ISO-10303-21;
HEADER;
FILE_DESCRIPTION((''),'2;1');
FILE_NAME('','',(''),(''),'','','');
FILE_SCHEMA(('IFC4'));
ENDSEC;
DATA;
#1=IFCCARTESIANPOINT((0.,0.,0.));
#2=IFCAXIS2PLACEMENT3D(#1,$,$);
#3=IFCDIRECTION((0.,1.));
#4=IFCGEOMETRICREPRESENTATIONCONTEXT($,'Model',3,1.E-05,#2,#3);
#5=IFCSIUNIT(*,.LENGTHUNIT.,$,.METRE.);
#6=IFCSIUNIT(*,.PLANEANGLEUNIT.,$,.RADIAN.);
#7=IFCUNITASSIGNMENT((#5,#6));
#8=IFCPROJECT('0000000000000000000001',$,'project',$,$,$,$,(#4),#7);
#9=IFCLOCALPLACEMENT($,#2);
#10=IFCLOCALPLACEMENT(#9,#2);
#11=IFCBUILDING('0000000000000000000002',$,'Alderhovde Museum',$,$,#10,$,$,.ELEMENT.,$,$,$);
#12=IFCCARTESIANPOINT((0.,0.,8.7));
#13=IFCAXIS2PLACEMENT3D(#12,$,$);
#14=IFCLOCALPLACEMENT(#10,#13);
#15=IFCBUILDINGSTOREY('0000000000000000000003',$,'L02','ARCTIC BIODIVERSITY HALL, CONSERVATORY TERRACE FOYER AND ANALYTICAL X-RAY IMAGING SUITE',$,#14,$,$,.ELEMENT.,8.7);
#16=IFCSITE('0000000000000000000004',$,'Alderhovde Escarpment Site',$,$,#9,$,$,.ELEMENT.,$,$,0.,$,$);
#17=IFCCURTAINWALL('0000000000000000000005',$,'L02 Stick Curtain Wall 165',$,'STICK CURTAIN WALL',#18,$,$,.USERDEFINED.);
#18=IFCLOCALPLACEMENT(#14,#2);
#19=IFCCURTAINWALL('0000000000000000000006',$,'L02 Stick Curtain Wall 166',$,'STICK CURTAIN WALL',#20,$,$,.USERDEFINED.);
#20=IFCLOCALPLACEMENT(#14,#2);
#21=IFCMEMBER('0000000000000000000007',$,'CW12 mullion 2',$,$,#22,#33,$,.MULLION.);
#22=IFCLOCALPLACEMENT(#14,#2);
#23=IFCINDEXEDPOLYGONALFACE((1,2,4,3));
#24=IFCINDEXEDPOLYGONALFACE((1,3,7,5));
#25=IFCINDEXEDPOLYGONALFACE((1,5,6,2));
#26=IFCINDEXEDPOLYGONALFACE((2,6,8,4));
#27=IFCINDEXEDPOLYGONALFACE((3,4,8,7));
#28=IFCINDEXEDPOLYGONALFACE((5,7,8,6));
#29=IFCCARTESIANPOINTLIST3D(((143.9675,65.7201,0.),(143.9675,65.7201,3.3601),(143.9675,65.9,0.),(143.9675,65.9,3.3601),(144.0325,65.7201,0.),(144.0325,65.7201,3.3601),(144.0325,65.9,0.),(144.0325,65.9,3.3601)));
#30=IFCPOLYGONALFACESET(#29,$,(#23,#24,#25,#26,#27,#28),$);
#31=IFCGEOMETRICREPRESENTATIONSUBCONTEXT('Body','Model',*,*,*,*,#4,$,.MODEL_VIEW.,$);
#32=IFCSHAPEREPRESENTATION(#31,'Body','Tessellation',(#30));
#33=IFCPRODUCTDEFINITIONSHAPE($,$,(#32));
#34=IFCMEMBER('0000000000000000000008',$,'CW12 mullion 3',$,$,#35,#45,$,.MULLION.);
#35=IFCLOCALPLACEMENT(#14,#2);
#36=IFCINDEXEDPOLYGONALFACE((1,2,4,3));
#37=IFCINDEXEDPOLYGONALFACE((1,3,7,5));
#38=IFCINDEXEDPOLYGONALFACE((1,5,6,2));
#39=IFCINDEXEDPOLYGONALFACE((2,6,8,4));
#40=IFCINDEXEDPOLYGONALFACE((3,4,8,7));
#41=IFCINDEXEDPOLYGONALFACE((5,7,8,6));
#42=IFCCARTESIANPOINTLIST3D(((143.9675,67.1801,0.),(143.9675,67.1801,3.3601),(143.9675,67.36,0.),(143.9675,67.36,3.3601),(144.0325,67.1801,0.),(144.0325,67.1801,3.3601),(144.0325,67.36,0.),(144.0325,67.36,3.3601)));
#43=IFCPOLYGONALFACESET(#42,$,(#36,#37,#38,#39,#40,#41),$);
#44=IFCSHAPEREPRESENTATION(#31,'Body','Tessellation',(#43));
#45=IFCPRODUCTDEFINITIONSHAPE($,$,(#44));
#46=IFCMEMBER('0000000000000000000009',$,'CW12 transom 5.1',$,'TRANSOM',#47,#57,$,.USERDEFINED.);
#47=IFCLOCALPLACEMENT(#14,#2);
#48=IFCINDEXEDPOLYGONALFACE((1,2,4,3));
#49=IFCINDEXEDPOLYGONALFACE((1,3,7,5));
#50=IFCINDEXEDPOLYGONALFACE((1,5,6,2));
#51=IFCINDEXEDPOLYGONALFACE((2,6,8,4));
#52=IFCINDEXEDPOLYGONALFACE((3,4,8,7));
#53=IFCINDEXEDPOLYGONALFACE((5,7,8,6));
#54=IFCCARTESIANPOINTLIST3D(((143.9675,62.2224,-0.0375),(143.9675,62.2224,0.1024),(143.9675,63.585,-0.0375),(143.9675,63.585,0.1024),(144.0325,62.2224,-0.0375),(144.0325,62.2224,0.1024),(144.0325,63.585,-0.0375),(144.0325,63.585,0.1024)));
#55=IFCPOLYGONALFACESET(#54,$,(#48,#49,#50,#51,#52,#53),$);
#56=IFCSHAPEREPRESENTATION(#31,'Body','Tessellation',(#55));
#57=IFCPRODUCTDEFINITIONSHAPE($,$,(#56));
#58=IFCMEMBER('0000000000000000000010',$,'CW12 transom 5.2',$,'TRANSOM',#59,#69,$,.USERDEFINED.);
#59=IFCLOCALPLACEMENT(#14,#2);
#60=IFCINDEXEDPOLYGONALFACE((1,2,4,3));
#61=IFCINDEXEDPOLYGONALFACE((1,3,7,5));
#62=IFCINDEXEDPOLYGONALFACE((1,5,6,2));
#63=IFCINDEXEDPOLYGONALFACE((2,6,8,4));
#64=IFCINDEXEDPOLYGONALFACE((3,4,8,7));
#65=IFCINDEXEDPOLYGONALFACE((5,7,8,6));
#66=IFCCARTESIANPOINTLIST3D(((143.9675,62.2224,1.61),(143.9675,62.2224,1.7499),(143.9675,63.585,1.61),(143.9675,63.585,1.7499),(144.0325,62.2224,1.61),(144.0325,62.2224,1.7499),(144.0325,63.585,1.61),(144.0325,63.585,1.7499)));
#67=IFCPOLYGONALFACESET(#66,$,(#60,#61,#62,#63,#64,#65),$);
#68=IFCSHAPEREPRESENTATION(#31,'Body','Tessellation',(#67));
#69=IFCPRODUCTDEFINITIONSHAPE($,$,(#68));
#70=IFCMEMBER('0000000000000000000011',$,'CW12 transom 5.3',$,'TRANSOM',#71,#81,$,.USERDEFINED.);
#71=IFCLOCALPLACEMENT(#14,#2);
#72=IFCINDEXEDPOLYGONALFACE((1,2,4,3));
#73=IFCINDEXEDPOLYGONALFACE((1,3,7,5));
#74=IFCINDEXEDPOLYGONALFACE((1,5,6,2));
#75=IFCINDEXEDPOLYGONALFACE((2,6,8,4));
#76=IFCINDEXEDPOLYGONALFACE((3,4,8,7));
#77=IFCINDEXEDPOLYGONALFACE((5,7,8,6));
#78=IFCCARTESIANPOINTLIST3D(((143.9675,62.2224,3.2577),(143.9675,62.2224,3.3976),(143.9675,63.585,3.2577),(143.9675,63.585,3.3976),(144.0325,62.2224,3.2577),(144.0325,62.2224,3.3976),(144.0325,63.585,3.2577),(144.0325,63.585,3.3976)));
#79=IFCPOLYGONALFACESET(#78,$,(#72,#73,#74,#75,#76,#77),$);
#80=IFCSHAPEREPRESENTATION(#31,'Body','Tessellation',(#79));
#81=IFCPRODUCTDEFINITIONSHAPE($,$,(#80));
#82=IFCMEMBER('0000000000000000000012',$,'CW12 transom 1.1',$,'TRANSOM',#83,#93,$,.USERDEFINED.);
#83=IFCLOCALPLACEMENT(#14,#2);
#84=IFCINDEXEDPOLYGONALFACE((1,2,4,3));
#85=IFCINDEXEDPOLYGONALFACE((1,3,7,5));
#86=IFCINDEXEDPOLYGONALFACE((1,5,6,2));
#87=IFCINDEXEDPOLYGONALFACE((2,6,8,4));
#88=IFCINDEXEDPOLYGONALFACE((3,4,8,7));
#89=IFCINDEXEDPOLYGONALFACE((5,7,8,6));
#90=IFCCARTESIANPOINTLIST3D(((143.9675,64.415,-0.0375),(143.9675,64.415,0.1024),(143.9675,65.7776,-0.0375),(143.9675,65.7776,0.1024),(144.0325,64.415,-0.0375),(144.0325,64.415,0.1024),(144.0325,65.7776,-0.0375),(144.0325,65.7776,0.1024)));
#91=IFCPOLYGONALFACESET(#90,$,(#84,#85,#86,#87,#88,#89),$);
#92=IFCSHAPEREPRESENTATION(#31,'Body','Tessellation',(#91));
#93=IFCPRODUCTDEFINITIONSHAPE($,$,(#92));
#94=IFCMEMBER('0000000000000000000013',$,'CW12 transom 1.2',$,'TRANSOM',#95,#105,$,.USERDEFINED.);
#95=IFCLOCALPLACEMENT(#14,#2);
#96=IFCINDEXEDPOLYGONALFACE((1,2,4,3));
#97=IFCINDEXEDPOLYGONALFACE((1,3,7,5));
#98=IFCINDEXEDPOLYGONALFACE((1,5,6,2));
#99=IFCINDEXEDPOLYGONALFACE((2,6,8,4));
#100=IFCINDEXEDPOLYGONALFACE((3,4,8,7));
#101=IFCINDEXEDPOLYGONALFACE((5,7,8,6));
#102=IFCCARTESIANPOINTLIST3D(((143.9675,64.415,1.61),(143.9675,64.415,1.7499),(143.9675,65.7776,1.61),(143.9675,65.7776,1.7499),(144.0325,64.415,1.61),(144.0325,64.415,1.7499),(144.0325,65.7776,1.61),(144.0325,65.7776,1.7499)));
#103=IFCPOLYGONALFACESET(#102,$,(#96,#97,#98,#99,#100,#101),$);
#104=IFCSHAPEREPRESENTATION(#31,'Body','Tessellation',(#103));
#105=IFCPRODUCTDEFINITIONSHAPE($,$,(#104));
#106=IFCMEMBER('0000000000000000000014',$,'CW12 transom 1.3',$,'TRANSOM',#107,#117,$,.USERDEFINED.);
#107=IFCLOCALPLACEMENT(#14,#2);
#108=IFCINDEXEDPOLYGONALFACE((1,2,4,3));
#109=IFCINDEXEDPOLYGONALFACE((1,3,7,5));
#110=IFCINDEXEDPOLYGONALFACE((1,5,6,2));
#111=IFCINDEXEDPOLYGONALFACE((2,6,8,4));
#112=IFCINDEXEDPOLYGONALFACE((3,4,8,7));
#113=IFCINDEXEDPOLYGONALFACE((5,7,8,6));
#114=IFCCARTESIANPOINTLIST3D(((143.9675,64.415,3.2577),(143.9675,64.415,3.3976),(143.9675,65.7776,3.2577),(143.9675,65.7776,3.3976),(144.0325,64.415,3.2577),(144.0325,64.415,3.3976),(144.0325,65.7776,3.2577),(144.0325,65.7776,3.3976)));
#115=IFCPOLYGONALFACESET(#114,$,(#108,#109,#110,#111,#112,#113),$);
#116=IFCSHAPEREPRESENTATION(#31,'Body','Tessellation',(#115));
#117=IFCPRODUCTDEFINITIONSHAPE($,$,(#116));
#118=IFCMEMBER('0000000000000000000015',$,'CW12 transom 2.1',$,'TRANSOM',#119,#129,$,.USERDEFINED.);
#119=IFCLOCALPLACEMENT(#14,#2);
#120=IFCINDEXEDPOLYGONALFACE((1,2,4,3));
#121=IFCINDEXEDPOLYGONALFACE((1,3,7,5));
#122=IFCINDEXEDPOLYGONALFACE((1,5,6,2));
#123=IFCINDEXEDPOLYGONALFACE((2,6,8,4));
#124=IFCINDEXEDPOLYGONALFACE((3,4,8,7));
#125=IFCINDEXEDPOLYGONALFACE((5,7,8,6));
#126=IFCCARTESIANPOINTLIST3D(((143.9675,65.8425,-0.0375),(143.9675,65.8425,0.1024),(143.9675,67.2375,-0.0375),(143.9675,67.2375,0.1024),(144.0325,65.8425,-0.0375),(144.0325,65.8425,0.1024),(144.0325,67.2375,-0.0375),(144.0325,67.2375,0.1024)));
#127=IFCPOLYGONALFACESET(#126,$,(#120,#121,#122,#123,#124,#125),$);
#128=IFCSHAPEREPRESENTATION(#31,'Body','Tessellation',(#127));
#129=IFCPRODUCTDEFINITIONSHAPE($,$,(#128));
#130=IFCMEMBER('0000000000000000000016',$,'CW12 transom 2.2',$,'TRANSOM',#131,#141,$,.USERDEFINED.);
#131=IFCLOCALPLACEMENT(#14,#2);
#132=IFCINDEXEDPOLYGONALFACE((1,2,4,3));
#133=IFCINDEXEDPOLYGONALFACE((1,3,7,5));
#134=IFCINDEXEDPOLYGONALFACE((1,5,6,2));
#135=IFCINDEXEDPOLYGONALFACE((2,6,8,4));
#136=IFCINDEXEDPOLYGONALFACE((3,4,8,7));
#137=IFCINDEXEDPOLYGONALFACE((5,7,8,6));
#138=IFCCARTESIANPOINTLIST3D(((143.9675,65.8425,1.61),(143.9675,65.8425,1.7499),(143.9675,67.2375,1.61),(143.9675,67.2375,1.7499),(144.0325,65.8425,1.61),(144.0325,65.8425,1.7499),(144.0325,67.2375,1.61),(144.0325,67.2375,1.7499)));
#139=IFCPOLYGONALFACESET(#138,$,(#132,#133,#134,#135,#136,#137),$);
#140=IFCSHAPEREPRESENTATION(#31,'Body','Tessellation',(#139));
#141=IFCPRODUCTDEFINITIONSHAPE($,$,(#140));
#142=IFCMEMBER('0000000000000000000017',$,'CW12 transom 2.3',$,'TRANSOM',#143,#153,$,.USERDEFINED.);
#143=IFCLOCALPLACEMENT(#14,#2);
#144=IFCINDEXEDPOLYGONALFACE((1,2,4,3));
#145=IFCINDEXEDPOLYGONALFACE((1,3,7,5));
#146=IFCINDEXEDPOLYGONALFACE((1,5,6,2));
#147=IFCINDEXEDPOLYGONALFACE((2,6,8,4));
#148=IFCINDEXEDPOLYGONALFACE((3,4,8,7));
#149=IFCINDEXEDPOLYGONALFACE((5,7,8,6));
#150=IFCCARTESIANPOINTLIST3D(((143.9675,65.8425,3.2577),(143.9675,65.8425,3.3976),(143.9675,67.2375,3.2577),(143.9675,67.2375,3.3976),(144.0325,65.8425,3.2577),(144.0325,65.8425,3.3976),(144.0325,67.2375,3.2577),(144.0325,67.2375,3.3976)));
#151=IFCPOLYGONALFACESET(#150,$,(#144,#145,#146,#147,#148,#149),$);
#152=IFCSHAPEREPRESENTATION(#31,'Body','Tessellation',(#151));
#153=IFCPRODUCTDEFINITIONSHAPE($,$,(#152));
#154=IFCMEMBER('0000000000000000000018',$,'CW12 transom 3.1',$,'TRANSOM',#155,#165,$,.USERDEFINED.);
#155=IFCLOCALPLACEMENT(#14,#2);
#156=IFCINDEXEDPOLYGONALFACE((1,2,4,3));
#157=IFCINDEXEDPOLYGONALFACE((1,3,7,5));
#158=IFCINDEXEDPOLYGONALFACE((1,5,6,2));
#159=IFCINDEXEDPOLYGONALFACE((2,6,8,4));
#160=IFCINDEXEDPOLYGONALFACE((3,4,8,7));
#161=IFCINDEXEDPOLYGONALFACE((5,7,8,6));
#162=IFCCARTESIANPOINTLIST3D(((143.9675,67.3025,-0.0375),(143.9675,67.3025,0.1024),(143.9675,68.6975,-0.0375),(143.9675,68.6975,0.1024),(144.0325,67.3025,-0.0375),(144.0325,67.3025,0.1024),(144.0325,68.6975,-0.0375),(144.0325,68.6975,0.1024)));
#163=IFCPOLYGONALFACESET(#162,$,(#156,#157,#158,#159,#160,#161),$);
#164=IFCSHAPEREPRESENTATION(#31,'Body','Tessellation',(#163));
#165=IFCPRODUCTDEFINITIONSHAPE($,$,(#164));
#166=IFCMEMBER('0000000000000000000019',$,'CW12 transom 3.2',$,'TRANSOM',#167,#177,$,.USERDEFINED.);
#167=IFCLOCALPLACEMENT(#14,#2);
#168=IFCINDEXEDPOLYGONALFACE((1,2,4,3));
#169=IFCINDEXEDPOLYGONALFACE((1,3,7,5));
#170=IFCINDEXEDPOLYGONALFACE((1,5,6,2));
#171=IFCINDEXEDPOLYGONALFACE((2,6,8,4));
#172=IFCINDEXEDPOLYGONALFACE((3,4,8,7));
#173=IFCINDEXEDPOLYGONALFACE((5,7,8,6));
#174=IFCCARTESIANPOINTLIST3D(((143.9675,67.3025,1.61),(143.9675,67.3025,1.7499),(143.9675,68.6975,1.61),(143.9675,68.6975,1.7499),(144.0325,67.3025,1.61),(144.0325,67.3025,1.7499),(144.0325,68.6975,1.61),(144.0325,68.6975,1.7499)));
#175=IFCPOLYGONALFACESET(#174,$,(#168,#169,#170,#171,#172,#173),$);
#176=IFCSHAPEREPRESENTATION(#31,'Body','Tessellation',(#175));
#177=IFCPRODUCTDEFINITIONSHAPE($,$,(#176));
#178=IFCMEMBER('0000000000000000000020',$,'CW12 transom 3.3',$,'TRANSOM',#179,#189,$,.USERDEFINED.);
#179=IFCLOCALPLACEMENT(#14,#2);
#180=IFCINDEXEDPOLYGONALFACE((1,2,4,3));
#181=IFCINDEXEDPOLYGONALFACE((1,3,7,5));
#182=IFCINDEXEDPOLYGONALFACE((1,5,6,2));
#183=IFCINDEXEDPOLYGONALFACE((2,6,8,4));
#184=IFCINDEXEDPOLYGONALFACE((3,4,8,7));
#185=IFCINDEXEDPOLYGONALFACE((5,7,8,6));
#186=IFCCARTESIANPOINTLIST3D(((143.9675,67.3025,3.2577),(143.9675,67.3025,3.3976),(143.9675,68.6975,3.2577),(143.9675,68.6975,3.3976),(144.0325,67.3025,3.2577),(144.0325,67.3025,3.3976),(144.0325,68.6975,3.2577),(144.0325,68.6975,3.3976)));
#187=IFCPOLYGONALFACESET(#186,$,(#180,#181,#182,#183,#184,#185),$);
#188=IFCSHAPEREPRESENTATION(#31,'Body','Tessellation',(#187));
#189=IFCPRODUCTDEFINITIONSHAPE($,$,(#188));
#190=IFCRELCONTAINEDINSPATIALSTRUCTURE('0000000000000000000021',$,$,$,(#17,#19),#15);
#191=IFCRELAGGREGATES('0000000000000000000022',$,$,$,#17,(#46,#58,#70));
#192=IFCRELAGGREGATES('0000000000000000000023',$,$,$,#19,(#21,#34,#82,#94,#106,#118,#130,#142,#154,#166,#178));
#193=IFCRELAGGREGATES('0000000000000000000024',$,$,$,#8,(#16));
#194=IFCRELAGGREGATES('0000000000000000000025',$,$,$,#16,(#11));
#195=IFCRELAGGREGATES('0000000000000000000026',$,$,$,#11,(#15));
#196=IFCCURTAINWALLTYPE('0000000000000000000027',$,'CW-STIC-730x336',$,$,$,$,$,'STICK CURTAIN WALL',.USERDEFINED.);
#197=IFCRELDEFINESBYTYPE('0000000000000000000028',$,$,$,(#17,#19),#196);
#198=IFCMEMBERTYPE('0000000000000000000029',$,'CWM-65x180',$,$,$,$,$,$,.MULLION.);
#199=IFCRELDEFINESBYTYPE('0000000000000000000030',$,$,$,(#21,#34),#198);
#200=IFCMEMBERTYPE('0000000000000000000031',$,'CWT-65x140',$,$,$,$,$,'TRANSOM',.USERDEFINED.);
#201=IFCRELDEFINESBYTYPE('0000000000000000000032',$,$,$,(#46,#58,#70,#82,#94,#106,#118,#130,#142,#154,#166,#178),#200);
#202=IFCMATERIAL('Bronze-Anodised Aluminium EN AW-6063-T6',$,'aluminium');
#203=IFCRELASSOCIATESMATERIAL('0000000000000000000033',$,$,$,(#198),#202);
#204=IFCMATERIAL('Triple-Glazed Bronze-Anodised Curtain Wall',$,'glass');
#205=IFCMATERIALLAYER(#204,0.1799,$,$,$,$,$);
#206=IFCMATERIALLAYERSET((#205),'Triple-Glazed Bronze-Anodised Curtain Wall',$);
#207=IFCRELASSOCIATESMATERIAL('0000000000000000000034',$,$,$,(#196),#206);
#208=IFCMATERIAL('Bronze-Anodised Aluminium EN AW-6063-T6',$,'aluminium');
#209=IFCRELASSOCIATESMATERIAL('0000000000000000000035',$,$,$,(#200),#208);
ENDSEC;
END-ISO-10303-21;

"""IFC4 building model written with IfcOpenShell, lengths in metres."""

from ifc_helpers import new_model, si_unit, direction, frame, origin, origin_2d, place, context, subcontext, project, spatial, rectangle, extrude, material, layer, layer_set, material_profile, profile_set, type_object, element, aggregate, save


model = new_model("IFC4")

# Units and contexts
model_context = context("Model", 3, precision=1e-05, world=origin(), true_north=direction((0.0, 1.0)))
body_context = subcontext(model_context, "Body", "Model", "MODEL_VIEW")
ifc_project = project(units=[si_unit("LENGTHUNIT", "METRE"), si_unit("PLANEANGLEUNIT", "RADIAN")], contexts=[model_context])

# Site, building, storey
site_placement = place(None, origin())
site = spatial("IfcSite", under=ifc_project, at=site_placement, Name="Alderhovde Escarpment Site", CompositionType="ELEMENT", RefElevation=0.0)
building_placement = place(site_placement, origin())
building = spatial("IfcBuilding", under=site, at=building_placement, Name="Alderhovde Museum", CompositionType="ELEMENT")
storey_placement = place(building_placement, frame((0.0, 0.0, 8.7)))
storey = spatial("IfcBuildingStorey", under=building, at=storey_placement, Name="L02", Description="ARCTIC BIODIVERSITY HALL, CONSERVATORY TERRACE FOYER AND ANALYTICAL X-RAY IMAGING SUITE", CompositionType="ELEMENT", Elevation=8.7)

# Curtain wall
ifc_material_1 = material(Name="Bronze-Anodised Aluminium EN AW-6063-T6", Category="aluminium")
ifc_material_profile_1 = material_profile(ifc_material_1, rectangle(XDim=0.0649, YDim=0.1799, at=origin_2d()), Name="MULLION 65x180")
ifc_profile_set_1 = profile_set([ifc_material_profile_1], Name="Bronze-Anodised Aluminium EN AW-6063-T6")
member_type_1 = type_object("IfcMemberType", Name="CWM-65x180", PredefinedType="MULLION", material=ifc_profile_set_1)
ifc_material_2 = material(Name="Triple-Glazed Bronze-Anodised Curtain Wall", Category="glass")
ifc_layer_1 = layer(ifc_material_2, 0.1799)
ifc_layer_set_1 = layer_set([ifc_layer_1], Name="Triple-Glazed Bronze-Anodised Curtain Wall")
curtain_wall_type_1 = type_object("IfcCurtainWallType", Name="CW-STIC-730x336", ElementType="STICK CURTAIN WALL", PredefinedType="USERDEFINED", material=ifc_layer_set_1)
curtain_wall_1_placement = place(storey_placement, origin())
curtain_wall_1 = element("IfcCurtainWall", 1, at=curtain_wall_1_placement, inside=storey, type_object=curtain_wall_type_1, Name="L02 Stick Curtain Wall 165", ObjectType="STICK CURTAIN WALL", PredefinedType="USERDEFINED")

# Curtain wall, members
curtain_wall_2_placement = place(storey_placement, origin())
curtain_wall_2 = element("IfcCurtainWall", 2, at=curtain_wall_2_placement, inside=storey, type_object=curtain_wall_type_1, Name="L02 Stick Curtain Wall 166", ObjectType="STICK CURTAIN WALL", PredefinedType="USERDEFINED")
member_1_placement = place(storey_placement, frame((144.0, 65.8101, 0.0), z_axis=(0.0, 0.0, 1.0), x_axis=(-1.0, 0.0, 0.0)))
member_1 = element("IfcMember", 3, at=member_1_placement, type_object=member_type_1, Name="CW12 mullion 2", PredefinedType="MULLION", context=body_context, shape_type="SweptSolid", body=[
    extrude(rectangle(XDim=0.0649, YDim=0.1799, at=origin_2d()), origin(), (0.0, 0.0, 1.0), 3.3601),
])
member_2_placement = place(storey_placement, frame((144.0, 67.27, 0.0), z_axis=(0.0, 0.0, 1.0), x_axis=(-1.0, 0.0, 0.0)))
member_2 = element("IfcMember", 4, at=member_2_placement, type_object=member_type_1, Name="CW12 mullion 3", PredefinedType="MULLION", context=body_context, shape_type="SweptSolid", body=[
    extrude(rectangle(XDim=0.0649, YDim=0.1799, at=origin_2d()), origin(), (0.0, 0.0, 1.0), 3.3601),
])

# Members
ifc_material_3 = material(Name="Bronze-Anodised Aluminium EN AW-6063-T6", Category="aluminium")
ifc_material_profile_2 = material_profile(ifc_material_3, rectangle(XDim=0.0649, YDim=0.1399, at=origin_2d()), Name="TRANSOM 65x140")
ifc_profile_set_2 = profile_set([ifc_material_profile_2], Name="Bronze-Anodised Aluminium EN AW-6063-T6")
member_type_2 = type_object("IfcMemberType", Name="CWT-65x140", ElementType="TRANSOM", PredefinedType="USERDEFINED", material=ifc_profile_set_2)
member_3_placement = place(storey_placement, frame((144.0, 62.2224, 0.0325), z_axis=(0.0, 1.0, 0.0), x_axis=(-1.0, 0.0, 0.0)))
member_3 = element("IfcMember", 5, at=member_3_placement, type_object=member_type_2, Name="CW12 transom 5.1", ObjectType="TRANSOM", PredefinedType="USERDEFINED", context=body_context, shape_type="SweptSolid", body=[
    extrude(rectangle(XDim=0.0649, YDim=0.1399, at=origin_2d()), origin(), (0.0, 0.0, 1.0), 1.3625),
])
member_4_placement = place(storey_placement, frame((144.0, 62.2224, 1.6799), z_axis=(0.0, 1.0, 0.0), x_axis=(-1.0, 0.0, 0.0)))
member_4 = element("IfcMember", 6, at=member_4_placement, type_object=member_type_2, Name="CW12 transom 5.2", ObjectType="TRANSOM", PredefinedType="USERDEFINED", context=body_context, shape_type="SweptSolid", body=[
    extrude(rectangle(XDim=0.0649, YDim=0.1399, at=origin_2d()), origin(), (0.0, 0.0, 1.0), 1.3625),
])
member_5_placement = place(storey_placement, frame((144.0, 62.2224, 3.3276), z_axis=(0.0, 1.0, 0.0), x_axis=(-1.0, 0.0, 0.0)))
member_5 = element("IfcMember", 7, at=member_5_placement, type_object=member_type_2, Name="CW12 transom 5.3", ObjectType="TRANSOM", PredefinedType="USERDEFINED", context=body_context, shape_type="SweptSolid", body=[
    extrude(rectangle(XDim=0.0649, YDim=0.1399, at=origin_2d()), origin(), (0.0, 0.0, 1.0), 1.3625),
])
member_6_placement = place(storey_placement, frame((144.0, 64.415, 0.0325), z_axis=(0.0, 1.0, 0.0), x_axis=(-1.0, 0.0, 0.0)))
member_6 = element("IfcMember", 8, at=member_6_placement, type_object=member_type_2, Name="CW12 transom 1.1", ObjectType="TRANSOM", PredefinedType="USERDEFINED", context=body_context, shape_type="SweptSolid", body=[
    extrude(rectangle(XDim=0.0649, YDim=0.1399, at=origin_2d()), origin(), (0.0, 0.0, 1.0), 1.3625),
])
member_7_placement = place(storey_placement, frame((144.0, 64.415, 1.6799), z_axis=(0.0, 1.0, 0.0), x_axis=(-1.0, 0.0, 0.0)))
member_7 = element("IfcMember", 9, at=member_7_placement, type_object=member_type_2, Name="CW12 transom 1.2", ObjectType="TRANSOM", PredefinedType="USERDEFINED", context=body_context, shape_type="SweptSolid", body=[
    extrude(rectangle(XDim=0.0649, YDim=0.1399, at=origin_2d()), origin(), (0.0, 0.0, 1.0), 1.3625),
])
member_8_placement = place(storey_placement, frame((144.0, 64.415, 3.3276), z_axis=(0.0, 1.0, 0.0), x_axis=(-1.0, 0.0, 0.0)))
member_8 = element("IfcMember", 10, at=member_8_placement, type_object=member_type_2, Name="CW12 transom 1.3", ObjectType="TRANSOM", PredefinedType="USERDEFINED", context=body_context, shape_type="SweptSolid", body=[
    extrude(rectangle(XDim=0.0649, YDim=0.1399, at=origin_2d()), origin(), (0.0, 0.0, 1.0), 1.3625),
])
member_9_placement = place(storey_placement, frame((144.0, 65.8425, 0.0325), z_axis=(0.0, 1.0, 0.0), x_axis=(-1.0, 0.0, 0.0)))
member_9 = element("IfcMember", 11, at=member_9_placement, type_object=member_type_2, Name="CW12 transom 2.1", ObjectType="TRANSOM", PredefinedType="USERDEFINED", context=body_context, shape_type="SweptSolid", body=[
    extrude(rectangle(XDim=0.0649, YDim=0.1399, at=origin_2d()), origin(), (0.0, 0.0, 1.0), 1.395),
])
member_10_placement = place(storey_placement, frame((144.0, 65.8425, 1.6799), z_axis=(0.0, 1.0, 0.0), x_axis=(-1.0, 0.0, 0.0)))
member_10 = element("IfcMember", 12, at=member_10_placement, type_object=member_type_2, Name="CW12 transom 2.2", ObjectType="TRANSOM", PredefinedType="USERDEFINED", context=body_context, shape_type="SweptSolid", body=[
    extrude(rectangle(XDim=0.0649, YDim=0.1399, at=origin_2d()), origin(), (0.0, 0.0, 1.0), 1.395),
])
member_11_placement = place(storey_placement, frame((144.0, 65.8425, 3.3276), z_axis=(0.0, 1.0, 0.0), x_axis=(-1.0, 0.0, 0.0)))
member_11 = element("IfcMember", 13, at=member_11_placement, type_object=member_type_2, Name="CW12 transom 2.3", ObjectType="TRANSOM", PredefinedType="USERDEFINED", context=body_context, shape_type="SweptSolid", body=[
    extrude(rectangle(XDim=0.0649, YDim=0.1399, at=origin_2d()), origin(), (0.0, 0.0, 1.0), 1.395),
])
member_12_placement = place(storey_placement, frame((144.0, 67.3025, 0.0325), z_axis=(0.0, 1.0, 0.0), x_axis=(-1.0, 0.0, 0.0)))
member_12 = element("IfcMember", 14, at=member_12_placement, type_object=member_type_2, Name="CW12 transom 3.1", ObjectType="TRANSOM", PredefinedType="USERDEFINED", context=body_context, shape_type="SweptSolid", body=[
    extrude(rectangle(XDim=0.0649, YDim=0.1399, at=origin_2d()), origin(), (0.0, 0.0, 1.0), 1.395),
])
member_13_placement = place(storey_placement, frame((144.0, 67.3025, 1.6799), z_axis=(0.0, 1.0, 0.0), x_axis=(-1.0, 0.0, 0.0)))
member_13 = element("IfcMember", 15, at=member_13_placement, type_object=member_type_2, Name="CW12 transom 3.2", ObjectType="TRANSOM", PredefinedType="USERDEFINED", context=body_context, shape_type="SweptSolid", body=[
    extrude(rectangle(XDim=0.0649, YDim=0.1399, at=origin_2d()), origin(), (0.0, 0.0, 1.0), 1.395),
])
member_14_placement = place(storey_placement, frame((144.0, 67.3025, 3.3276), z_axis=(0.0, 1.0, 0.0), x_axis=(-1.0, 0.0, 0.0)))
member_14 = element("IfcMember", 16, at=member_14_placement, type_object=member_type_2, Name="CW12 transom 3.3", ObjectType="TRANSOM", PredefinedType="USERDEFINED", context=body_context, shape_type="SweptSolid", body=[
    extrude(rectangle(XDim=0.0649, YDim=0.1399, at=origin_2d()), origin(), (0.0, 0.0, 1.0), 1.395),
])

aggregate(curtain_wall_1, [member_3, member_4, member_5])
aggregate(curtain_wall_2, [member_1, member_2, member_6, member_7, member_8, member_9, member_10, member_11, member_12, member_13, member_14])

save(model, "model.ifc")
